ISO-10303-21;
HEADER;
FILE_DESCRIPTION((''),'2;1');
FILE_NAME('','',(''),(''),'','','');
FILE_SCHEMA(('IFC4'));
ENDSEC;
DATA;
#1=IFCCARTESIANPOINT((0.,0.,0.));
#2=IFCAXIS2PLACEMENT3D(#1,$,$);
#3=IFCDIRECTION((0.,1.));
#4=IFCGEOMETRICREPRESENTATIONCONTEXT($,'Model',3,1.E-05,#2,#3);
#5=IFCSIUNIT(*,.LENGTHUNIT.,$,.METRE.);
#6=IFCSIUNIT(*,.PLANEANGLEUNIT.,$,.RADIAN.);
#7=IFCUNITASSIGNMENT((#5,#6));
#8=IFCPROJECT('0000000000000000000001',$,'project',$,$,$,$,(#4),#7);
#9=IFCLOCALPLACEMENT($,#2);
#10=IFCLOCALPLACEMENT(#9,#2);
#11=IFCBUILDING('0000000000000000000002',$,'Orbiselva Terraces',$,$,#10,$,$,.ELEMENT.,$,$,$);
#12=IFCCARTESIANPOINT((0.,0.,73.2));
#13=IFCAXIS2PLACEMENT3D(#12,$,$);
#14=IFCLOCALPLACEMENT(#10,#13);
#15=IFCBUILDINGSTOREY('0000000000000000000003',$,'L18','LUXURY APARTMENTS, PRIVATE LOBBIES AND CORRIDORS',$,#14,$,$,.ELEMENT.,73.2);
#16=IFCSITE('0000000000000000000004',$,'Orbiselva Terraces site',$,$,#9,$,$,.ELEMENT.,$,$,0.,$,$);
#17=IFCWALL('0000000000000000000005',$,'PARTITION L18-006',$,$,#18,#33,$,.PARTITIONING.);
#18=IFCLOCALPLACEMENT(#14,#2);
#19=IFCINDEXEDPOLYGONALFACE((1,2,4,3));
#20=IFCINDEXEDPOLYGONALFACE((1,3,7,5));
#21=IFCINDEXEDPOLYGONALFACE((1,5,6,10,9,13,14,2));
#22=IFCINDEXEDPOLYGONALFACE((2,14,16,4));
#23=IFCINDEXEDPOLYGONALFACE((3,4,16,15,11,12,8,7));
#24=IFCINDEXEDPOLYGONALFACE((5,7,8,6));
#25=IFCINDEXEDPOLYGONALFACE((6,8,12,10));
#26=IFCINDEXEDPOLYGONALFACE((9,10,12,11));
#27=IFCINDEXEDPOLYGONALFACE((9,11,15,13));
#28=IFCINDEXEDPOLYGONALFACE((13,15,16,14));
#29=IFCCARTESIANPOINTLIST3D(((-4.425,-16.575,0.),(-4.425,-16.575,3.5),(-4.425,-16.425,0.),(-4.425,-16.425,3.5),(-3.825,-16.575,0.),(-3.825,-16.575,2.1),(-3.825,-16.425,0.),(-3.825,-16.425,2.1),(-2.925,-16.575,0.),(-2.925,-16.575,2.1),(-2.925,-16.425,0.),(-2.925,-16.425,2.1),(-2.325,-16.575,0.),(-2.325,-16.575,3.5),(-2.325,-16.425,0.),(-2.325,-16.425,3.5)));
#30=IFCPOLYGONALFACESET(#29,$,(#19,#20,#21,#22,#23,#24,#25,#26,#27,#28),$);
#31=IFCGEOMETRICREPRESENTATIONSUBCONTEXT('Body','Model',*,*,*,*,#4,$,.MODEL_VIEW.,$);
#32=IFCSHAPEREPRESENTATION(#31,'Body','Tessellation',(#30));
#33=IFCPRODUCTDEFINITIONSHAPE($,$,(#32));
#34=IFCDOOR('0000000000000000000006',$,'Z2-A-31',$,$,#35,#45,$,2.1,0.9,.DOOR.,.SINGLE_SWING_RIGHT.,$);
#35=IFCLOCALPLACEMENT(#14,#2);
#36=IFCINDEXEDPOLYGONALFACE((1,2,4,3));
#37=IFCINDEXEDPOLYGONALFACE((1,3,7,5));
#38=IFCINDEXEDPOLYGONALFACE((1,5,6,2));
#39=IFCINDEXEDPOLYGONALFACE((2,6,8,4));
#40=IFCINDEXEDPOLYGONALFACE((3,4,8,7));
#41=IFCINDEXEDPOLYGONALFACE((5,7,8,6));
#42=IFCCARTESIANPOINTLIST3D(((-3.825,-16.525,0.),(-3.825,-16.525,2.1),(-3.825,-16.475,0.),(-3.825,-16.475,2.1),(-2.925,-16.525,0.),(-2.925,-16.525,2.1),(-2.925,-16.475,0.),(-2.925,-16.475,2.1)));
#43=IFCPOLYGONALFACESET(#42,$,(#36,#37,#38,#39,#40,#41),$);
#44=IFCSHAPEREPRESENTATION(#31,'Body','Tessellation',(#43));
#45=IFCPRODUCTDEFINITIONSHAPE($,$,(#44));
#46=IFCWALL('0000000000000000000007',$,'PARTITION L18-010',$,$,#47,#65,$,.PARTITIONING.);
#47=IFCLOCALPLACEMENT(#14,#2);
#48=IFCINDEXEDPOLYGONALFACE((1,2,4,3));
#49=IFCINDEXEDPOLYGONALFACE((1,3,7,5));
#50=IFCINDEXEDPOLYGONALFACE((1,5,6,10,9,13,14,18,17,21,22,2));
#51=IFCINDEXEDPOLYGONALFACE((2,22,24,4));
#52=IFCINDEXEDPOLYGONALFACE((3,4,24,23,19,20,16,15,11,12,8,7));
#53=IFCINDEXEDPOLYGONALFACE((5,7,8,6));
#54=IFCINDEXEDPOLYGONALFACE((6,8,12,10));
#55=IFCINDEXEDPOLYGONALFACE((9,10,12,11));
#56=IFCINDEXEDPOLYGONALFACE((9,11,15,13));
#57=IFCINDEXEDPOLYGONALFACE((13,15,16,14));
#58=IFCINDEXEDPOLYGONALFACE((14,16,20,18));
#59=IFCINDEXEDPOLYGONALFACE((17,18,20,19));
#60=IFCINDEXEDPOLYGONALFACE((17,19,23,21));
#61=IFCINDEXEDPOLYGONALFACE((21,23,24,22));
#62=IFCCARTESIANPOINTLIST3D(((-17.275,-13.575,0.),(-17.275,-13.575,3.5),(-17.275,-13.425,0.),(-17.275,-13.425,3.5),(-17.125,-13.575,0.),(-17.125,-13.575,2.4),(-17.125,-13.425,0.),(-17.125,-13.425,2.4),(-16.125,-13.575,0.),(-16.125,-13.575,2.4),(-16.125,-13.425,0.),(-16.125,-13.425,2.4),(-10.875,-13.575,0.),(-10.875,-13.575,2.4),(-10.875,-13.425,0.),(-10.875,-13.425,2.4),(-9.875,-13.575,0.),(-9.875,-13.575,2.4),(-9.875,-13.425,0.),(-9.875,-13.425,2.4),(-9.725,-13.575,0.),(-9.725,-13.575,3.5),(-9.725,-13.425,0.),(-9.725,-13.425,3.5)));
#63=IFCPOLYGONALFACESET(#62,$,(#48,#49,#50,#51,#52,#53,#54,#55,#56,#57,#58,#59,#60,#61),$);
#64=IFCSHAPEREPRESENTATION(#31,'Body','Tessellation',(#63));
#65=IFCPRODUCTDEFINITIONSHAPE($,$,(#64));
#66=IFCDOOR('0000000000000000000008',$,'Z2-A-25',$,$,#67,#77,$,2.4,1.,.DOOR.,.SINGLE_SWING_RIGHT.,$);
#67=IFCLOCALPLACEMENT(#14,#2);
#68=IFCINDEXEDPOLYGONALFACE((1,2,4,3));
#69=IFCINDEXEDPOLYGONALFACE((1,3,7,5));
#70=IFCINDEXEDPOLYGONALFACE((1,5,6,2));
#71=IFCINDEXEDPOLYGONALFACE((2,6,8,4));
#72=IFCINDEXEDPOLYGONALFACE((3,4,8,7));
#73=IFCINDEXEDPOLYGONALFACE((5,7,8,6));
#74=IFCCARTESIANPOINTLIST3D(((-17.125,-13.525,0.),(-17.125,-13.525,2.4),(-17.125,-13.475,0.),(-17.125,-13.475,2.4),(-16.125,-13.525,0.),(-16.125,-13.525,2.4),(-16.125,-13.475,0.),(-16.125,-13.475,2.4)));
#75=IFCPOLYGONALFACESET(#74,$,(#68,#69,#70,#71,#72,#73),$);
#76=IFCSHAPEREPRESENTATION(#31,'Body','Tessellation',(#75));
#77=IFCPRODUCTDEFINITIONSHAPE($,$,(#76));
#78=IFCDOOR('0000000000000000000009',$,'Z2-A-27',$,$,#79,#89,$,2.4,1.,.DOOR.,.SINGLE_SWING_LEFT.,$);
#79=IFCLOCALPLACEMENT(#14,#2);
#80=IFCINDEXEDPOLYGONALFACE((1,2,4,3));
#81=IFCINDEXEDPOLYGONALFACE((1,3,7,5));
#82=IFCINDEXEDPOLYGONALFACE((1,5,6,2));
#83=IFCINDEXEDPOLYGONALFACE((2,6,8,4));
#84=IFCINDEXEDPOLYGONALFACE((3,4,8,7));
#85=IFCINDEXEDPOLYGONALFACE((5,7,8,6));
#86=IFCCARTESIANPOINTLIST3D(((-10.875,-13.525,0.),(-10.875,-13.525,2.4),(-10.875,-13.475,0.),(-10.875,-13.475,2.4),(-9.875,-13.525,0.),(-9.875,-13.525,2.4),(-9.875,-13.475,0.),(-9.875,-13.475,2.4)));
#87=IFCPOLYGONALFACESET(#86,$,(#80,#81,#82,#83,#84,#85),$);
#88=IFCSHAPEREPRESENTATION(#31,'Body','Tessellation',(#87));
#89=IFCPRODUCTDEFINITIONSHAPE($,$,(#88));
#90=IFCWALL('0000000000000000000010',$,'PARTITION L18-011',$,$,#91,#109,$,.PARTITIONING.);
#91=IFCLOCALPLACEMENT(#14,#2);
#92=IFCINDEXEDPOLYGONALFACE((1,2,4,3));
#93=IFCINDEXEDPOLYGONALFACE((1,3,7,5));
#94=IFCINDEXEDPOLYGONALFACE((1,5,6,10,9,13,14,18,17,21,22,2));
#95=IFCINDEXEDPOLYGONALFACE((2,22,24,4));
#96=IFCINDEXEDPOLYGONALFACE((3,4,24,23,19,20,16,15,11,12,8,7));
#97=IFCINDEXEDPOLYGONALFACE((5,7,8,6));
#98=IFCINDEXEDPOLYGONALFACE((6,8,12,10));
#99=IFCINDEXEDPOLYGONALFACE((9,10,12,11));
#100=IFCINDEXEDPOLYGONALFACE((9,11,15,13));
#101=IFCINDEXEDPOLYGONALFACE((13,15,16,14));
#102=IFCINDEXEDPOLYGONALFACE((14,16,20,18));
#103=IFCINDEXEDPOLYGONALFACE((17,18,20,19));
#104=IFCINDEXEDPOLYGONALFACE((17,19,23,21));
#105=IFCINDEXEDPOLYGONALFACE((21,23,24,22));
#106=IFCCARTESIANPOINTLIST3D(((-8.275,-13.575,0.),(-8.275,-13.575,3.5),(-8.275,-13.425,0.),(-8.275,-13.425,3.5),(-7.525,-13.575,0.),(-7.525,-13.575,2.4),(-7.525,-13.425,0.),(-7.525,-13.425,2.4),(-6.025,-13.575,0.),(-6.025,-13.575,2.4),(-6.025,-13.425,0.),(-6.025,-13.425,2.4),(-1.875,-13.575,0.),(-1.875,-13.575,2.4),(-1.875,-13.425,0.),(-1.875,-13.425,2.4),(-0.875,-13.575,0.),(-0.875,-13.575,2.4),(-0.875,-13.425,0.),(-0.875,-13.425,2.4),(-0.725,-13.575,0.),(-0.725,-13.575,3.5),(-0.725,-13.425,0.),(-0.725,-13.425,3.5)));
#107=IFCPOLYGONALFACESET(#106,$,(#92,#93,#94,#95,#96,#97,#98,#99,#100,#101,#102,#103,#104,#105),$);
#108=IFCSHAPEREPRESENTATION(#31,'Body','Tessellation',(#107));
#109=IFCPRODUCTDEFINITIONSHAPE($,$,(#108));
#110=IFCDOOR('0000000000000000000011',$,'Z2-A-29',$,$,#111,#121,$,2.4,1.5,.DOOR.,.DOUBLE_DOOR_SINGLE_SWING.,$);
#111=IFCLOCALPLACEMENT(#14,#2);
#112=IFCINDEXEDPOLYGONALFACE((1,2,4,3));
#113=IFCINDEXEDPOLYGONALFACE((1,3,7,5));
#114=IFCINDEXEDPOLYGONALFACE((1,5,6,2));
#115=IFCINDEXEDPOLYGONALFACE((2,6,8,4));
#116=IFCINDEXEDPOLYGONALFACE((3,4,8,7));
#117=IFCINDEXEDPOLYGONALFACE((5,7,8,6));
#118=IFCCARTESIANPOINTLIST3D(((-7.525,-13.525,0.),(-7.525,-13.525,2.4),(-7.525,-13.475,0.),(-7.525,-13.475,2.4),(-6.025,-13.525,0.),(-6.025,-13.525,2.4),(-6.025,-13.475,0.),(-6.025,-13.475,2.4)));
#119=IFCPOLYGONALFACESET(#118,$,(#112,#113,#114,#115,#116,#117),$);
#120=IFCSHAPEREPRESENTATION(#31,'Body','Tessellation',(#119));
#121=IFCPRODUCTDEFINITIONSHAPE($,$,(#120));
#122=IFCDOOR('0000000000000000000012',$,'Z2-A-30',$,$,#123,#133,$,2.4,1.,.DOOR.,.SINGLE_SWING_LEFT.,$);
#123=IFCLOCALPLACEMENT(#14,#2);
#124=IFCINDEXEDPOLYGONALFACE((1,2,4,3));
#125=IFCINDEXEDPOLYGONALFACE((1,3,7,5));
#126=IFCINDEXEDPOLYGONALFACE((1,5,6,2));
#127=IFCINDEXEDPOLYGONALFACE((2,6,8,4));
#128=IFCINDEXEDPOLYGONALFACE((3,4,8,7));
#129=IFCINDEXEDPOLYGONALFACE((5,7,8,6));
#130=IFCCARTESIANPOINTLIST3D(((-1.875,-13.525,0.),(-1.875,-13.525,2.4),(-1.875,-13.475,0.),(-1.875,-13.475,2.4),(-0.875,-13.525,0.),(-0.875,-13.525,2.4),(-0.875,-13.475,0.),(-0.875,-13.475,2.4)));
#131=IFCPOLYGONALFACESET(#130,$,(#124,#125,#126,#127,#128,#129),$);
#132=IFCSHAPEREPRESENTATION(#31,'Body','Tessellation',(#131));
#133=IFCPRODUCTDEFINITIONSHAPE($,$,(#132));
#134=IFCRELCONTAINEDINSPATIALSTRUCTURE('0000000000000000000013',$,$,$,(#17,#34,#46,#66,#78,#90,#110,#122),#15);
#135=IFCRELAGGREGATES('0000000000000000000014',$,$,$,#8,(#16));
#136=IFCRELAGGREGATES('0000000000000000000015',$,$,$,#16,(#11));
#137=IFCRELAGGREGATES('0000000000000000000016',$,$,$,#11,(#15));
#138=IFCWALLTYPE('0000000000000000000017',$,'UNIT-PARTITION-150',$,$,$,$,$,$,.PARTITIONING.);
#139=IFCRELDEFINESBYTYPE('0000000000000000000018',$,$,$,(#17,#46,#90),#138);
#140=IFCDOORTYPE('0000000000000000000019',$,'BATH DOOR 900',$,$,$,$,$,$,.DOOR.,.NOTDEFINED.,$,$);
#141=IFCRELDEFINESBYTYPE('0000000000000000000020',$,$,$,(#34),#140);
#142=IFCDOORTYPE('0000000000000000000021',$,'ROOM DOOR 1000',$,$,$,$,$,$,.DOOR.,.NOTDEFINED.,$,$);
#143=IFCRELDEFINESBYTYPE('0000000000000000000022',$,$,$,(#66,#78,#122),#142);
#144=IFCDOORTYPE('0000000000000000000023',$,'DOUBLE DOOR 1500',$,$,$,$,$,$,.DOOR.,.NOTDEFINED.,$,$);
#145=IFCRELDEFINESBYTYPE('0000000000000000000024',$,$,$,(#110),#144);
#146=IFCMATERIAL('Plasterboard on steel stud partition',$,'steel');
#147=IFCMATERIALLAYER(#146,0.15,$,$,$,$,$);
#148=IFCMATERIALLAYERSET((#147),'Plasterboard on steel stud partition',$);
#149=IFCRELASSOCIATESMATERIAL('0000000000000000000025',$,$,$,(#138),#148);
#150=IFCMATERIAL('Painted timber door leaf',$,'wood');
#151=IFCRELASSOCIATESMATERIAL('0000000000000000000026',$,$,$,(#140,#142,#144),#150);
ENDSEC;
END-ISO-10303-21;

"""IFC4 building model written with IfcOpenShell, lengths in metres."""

from ifc_helpers import new_model, si_unit, direction, frame, frame_2d, origin, place, context, subcontext, project, spatial, rectangle, extrude, material, layer, layer_set, type_object, element, fill, save


model = new_model("IFC4")

# Units and contexts
model_context = context("Model", 3, precision=1e-05, world=origin(), true_north=direction((0.0, 1.0)))
body_context = subcontext(model_context, "Body", "Model", "MODEL_VIEW")
ifc_project = project(units=[si_unit("LENGTHUNIT", "METRE"), si_unit("PLANEANGLEUNIT", "RADIAN")], contexts=[model_context])

# Site, building, storey
site_placement = place(None, origin())
site = spatial("IfcSite", under=ifc_project, at=site_placement, Name="Orbiselva Terraces site", CompositionType="ELEMENT", RefElevation=0.0)
building_placement = place(site_placement, origin())
building = spatial("IfcBuilding", under=site, at=building_placement, Name="Orbiselva Terraces", CompositionType="ELEMENT")
storey_placement = place(building_placement, frame((0.0, 0.0, 73.2)))
storey = spatial("IfcBuildingStorey", under=building, at=storey_placement, Name="L18", Description="LUXURY APARTMENTS, PRIVATE LOBBIES AND CORRIDORS", CompositionType="ELEMENT", Elevation=73.2)

# Wall, opening, door
ifc_material_1 = material(Name="Plasterboard on steel stud partition", Category="steel")
ifc_layer_1 = layer(ifc_material_1, 0.15)
ifc_layer_set_1 = layer_set([ifc_layer_1], Name="Plasterboard on steel stud partition")
wall_type_1 = type_object("IfcWallType", Name="UNIT-PARTITION-150", PredefinedType="PARTITIONING", material=ifc_layer_set_1)
wall_1_placement = place(storey_placement, frame((-4.425, -16.5, 0.0), z_axis=(0.0, 0.0, 1.0), x_axis=(1.0, 0.0, 0.0)))
wall_1 = element("IfcWall", 1, at=wall_1_placement, inside=storey, type_object=wall_type_1, Name="PARTITION L18-006", PredefinedType="PARTITIONING", context=body_context, shape_type="SweptSolid", body=[
    extrude(rectangle(XDim=2.1, YDim=0.15, at=frame_2d((1.05, 0.0))), origin(), (0.0, 0.0, 1.0), 3.5),
])
opening_1_placement = place(wall_1_placement, frame((0.6, 0.0, 0.0)))
opening_1 = element("IfcOpeningElement", 2, at=opening_1_placement, cuts=wall_1, PredefinedType="OPENING", context=body_context, shape_type="SweptSolid", body=[
    extrude(rectangle(XDim=0.9, YDim=2.1, at=frame_2d((0.45, 1.05))), frame((0.0, 0.085, 0.0), z_axis=(0.0, -1.0, 0.0), x_axis=(1.0, 0.0, 0.0)), (0.0, 0.0, 1.0), 0.17),
])
ifc_material_2 = material(Name="Painted timber door leaf", Category="wood")
door_type_1 = type_object("IfcDoorType", Name="BATH DOOR 900", OperationType="NOTDEFINED", PredefinedType="DOOR", material=ifc_material_2)
door_1_placement = place(opening_1_placement, origin())
door_1 = element("IfcDoor", 3, at=door_1_placement, inside=storey, type_object=door_type_1, Name="Z2-A-31", OperationType="SINGLE_SWING_RIGHT", OverallHeight=2.1, OverallWidth=0.9, PredefinedType="DOOR", context=body_context, shape_type="SweptSolid", body=[
    extrude(rectangle(XDim=0.9, YDim=2.1, at=frame_2d((0.45, 1.05))), frame((0.0, 0.025, 0.0), z_axis=(0.0, -1.0, 0.0), x_axis=(1.0, 0.0, 0.0)), (0.0, 0.0, 1.0), 0.05),
])
fill(opening_1, door_1)

# Walls, openings, doors
wall_2_placement = place(storey_placement, frame((-9.725, -13.5, 0.0), z_axis=(0.0, 0.0, 1.0), x_axis=(-1.0, 0.0, 0.0)))
wall_2 = element("IfcWall", 4, at=wall_2_placement, inside=storey, type_object=wall_type_1, Name="PARTITION L18-010", PredefinedType="PARTITIONING", context=body_context, shape_type="SweptSolid", body=[
    extrude(rectangle(XDim=7.55, YDim=0.15, at=frame_2d((3.775, 0.0))), origin(), (0.0, 0.0, 1.0), 3.5),
])
opening_2_placement = place(wall_2_placement, frame((6.4, 0.0, 0.0)))
opening_2 = element("IfcOpeningElement", 5, at=opening_2_placement, cuts=wall_2, PredefinedType="OPENING", context=body_context, shape_type="SweptSolid", body=[
    extrude(rectangle(XDim=1.0, YDim=2.4, at=frame_2d((0.5, 1.2))), frame((0.0, 0.085, 0.0), z_axis=(0.0, -1.0, 0.0), x_axis=(1.0, 0.0, 0.0)), (0.0, 0.0, 1.0), 0.17),
])
opening_3_placement = place(wall_2_placement, frame((0.15, 0.0, 0.0)))
opening_3 = element("IfcOpeningElement", 6, at=opening_3_placement, cuts=wall_2, PredefinedType="OPENING", context=body_context, shape_type="SweptSolid", body=[
    extrude(rectangle(XDim=1.0, YDim=2.4, at=frame_2d((0.5, 1.2))), frame((0.0, 0.085, 0.0), z_axis=(0.0, -1.0, 0.0), x_axis=(1.0, 0.0, 0.0)), (0.0, 0.0, 1.0), 0.17),
])
door_type_2 = type_object("IfcDoorType", Name="ROOM DOOR 1000", OperationType="NOTDEFINED", PredefinedType="DOOR", material=ifc_material_2)
door_2_placement = place(opening_2_placement, origin())
door_2 = element("IfcDoor", 7, at=door_2_placement, inside=storey, type_object=door_type_2, Name="Z2-A-25", OperationType="SINGLE_SWING_RIGHT", OverallHeight=2.4, OverallWidth=1.0, PredefinedType="DOOR", context=body_context, shape_type="SweptSolid", body=[
    extrude(rectangle(XDim=1.0, YDim=2.4, at=frame_2d((0.5, 1.2))), frame((0.0, 0.025, 0.0), z_axis=(0.0, -1.0, 0.0), x_axis=(1.0, 0.0, 0.0)), (0.0, 0.0, 1.0), 0.05),
])
fill(opening_2, door_2)
door_3_placement = place(opening_3_placement, origin())
door_3 = element("IfcDoor", 8, at=door_3_placement, inside=storey, type_object=door_type_2, Name="Z2-A-27", OperationType="SINGLE_SWING_LEFT", OverallHeight=2.4, OverallWidth=1.0, PredefinedType="DOOR", context=body_context, shape_type="SweptSolid", body=[
    extrude(rectangle(XDim=1.0, YDim=2.4, at=frame_2d((0.5, 1.2))), frame((0.0, 0.025, 0.0), z_axis=(0.0, -1.0, 0.0), x_axis=(1.0, 0.0, 0.0)), (0.0, 0.0, 1.0), 0.05),
])
fill(opening_3, door_3)
wall_3_placement = place(storey_placement, frame((-0.725, -13.5, 0.0), z_axis=(0.0, 0.0, 1.0), x_axis=(-1.0, 0.0, 0.0)))
wall_3 = element("IfcWall", 9, at=wall_3_placement, inside=storey, type_object=wall_type_1, Name="PARTITION L18-011", PredefinedType="PARTITIONING", context=body_context, shape_type="SweptSolid", body=[
    extrude(rectangle(XDim=7.55, YDim=0.15, at=frame_2d((3.775, 0.0))), origin(), (0.0, 0.0, 1.0), 3.5),
])
opening_4_placement = place(wall_3_placement, frame((5.3, 0.0, 0.0)))
opening_4 = element("IfcOpeningElement", 10, at=opening_4_placement, cuts=wall_3, PredefinedType="OPENING", context=body_context, shape_type="SweptSolid", body=[
    extrude(rectangle(XDim=1.5, YDim=2.4, at=frame_2d((0.75, 1.2))), frame((0.0, 0.085, 0.0), z_axis=(0.0, -1.0, 0.0), x_axis=(1.0, 0.0, 0.0)), (0.0, 0.0, 1.0), 0.17),
])
opening_5_placement = place(wall_3_placement, frame((0.15, 0.0, 0.0)))
opening_5 = element("IfcOpeningElement", 11, at=opening_5_placement, cuts=wall_3, PredefinedType="OPENING", context=body_context, shape_type="SweptSolid", body=[
    extrude(rectangle(XDim=1.0, YDim=2.4, at=frame_2d((0.5, 1.2))), frame((0.0, 0.085, 0.0), z_axis=(0.0, -1.0, 0.0), x_axis=(1.0, 0.0, 0.0)), (0.0, 0.0, 1.0), 0.17),
])
door_type_3 = type_object("IfcDoorType", Name="DOUBLE DOOR 1500", OperationType="NOTDEFINED", PredefinedType="DOOR", material=ifc_material_2)
door_4_placement = place(opening_4_placement, origin())
door_4 = element("IfcDoor", 12, at=door_4_placement, inside=storey, type_object=door_type_3, Name="Z2-A-29", OperationType="DOUBLE_DOOR_SINGLE_SWING", OverallHeight=2.4, OverallWidth=1.5, PredefinedType="DOOR", context=body_context, shape_type="SweptSolid", body=[
    extrude(rectangle(XDim=1.5, YDim=2.4, at=frame_2d((0.75, 1.2))), frame((0.0, 0.025, 0.0), z_axis=(0.0, -1.0, 0.0), x_axis=(1.0, 0.0, 0.0)), (0.0, 0.0, 1.0), 0.05),
])
fill(opening_4, door_4)
door_5_placement = place(opening_5_placement, origin())
door_5 = element("IfcDoor", 13, at=door_5_placement, inside=storey, type_object=door_type_2, Name="Z2-A-30", OperationType="SINGLE_SWING_LEFT", OverallHeight=2.4, OverallWidth=1.0, PredefinedType="DOOR", context=body_context, shape_type="SweptSolid", body=[
    extrude(rectangle(XDim=1.0, YDim=2.4, at=frame_2d((0.5, 1.2))), frame((0.0, 0.025, 0.0), z_axis=(0.0, -1.0, 0.0), x_axis=(1.0, 0.0, 0.0)), (0.0, 0.0, 1.0), 0.05),
])
fill(opening_5, door_5)

save(model, "model.ifc")
